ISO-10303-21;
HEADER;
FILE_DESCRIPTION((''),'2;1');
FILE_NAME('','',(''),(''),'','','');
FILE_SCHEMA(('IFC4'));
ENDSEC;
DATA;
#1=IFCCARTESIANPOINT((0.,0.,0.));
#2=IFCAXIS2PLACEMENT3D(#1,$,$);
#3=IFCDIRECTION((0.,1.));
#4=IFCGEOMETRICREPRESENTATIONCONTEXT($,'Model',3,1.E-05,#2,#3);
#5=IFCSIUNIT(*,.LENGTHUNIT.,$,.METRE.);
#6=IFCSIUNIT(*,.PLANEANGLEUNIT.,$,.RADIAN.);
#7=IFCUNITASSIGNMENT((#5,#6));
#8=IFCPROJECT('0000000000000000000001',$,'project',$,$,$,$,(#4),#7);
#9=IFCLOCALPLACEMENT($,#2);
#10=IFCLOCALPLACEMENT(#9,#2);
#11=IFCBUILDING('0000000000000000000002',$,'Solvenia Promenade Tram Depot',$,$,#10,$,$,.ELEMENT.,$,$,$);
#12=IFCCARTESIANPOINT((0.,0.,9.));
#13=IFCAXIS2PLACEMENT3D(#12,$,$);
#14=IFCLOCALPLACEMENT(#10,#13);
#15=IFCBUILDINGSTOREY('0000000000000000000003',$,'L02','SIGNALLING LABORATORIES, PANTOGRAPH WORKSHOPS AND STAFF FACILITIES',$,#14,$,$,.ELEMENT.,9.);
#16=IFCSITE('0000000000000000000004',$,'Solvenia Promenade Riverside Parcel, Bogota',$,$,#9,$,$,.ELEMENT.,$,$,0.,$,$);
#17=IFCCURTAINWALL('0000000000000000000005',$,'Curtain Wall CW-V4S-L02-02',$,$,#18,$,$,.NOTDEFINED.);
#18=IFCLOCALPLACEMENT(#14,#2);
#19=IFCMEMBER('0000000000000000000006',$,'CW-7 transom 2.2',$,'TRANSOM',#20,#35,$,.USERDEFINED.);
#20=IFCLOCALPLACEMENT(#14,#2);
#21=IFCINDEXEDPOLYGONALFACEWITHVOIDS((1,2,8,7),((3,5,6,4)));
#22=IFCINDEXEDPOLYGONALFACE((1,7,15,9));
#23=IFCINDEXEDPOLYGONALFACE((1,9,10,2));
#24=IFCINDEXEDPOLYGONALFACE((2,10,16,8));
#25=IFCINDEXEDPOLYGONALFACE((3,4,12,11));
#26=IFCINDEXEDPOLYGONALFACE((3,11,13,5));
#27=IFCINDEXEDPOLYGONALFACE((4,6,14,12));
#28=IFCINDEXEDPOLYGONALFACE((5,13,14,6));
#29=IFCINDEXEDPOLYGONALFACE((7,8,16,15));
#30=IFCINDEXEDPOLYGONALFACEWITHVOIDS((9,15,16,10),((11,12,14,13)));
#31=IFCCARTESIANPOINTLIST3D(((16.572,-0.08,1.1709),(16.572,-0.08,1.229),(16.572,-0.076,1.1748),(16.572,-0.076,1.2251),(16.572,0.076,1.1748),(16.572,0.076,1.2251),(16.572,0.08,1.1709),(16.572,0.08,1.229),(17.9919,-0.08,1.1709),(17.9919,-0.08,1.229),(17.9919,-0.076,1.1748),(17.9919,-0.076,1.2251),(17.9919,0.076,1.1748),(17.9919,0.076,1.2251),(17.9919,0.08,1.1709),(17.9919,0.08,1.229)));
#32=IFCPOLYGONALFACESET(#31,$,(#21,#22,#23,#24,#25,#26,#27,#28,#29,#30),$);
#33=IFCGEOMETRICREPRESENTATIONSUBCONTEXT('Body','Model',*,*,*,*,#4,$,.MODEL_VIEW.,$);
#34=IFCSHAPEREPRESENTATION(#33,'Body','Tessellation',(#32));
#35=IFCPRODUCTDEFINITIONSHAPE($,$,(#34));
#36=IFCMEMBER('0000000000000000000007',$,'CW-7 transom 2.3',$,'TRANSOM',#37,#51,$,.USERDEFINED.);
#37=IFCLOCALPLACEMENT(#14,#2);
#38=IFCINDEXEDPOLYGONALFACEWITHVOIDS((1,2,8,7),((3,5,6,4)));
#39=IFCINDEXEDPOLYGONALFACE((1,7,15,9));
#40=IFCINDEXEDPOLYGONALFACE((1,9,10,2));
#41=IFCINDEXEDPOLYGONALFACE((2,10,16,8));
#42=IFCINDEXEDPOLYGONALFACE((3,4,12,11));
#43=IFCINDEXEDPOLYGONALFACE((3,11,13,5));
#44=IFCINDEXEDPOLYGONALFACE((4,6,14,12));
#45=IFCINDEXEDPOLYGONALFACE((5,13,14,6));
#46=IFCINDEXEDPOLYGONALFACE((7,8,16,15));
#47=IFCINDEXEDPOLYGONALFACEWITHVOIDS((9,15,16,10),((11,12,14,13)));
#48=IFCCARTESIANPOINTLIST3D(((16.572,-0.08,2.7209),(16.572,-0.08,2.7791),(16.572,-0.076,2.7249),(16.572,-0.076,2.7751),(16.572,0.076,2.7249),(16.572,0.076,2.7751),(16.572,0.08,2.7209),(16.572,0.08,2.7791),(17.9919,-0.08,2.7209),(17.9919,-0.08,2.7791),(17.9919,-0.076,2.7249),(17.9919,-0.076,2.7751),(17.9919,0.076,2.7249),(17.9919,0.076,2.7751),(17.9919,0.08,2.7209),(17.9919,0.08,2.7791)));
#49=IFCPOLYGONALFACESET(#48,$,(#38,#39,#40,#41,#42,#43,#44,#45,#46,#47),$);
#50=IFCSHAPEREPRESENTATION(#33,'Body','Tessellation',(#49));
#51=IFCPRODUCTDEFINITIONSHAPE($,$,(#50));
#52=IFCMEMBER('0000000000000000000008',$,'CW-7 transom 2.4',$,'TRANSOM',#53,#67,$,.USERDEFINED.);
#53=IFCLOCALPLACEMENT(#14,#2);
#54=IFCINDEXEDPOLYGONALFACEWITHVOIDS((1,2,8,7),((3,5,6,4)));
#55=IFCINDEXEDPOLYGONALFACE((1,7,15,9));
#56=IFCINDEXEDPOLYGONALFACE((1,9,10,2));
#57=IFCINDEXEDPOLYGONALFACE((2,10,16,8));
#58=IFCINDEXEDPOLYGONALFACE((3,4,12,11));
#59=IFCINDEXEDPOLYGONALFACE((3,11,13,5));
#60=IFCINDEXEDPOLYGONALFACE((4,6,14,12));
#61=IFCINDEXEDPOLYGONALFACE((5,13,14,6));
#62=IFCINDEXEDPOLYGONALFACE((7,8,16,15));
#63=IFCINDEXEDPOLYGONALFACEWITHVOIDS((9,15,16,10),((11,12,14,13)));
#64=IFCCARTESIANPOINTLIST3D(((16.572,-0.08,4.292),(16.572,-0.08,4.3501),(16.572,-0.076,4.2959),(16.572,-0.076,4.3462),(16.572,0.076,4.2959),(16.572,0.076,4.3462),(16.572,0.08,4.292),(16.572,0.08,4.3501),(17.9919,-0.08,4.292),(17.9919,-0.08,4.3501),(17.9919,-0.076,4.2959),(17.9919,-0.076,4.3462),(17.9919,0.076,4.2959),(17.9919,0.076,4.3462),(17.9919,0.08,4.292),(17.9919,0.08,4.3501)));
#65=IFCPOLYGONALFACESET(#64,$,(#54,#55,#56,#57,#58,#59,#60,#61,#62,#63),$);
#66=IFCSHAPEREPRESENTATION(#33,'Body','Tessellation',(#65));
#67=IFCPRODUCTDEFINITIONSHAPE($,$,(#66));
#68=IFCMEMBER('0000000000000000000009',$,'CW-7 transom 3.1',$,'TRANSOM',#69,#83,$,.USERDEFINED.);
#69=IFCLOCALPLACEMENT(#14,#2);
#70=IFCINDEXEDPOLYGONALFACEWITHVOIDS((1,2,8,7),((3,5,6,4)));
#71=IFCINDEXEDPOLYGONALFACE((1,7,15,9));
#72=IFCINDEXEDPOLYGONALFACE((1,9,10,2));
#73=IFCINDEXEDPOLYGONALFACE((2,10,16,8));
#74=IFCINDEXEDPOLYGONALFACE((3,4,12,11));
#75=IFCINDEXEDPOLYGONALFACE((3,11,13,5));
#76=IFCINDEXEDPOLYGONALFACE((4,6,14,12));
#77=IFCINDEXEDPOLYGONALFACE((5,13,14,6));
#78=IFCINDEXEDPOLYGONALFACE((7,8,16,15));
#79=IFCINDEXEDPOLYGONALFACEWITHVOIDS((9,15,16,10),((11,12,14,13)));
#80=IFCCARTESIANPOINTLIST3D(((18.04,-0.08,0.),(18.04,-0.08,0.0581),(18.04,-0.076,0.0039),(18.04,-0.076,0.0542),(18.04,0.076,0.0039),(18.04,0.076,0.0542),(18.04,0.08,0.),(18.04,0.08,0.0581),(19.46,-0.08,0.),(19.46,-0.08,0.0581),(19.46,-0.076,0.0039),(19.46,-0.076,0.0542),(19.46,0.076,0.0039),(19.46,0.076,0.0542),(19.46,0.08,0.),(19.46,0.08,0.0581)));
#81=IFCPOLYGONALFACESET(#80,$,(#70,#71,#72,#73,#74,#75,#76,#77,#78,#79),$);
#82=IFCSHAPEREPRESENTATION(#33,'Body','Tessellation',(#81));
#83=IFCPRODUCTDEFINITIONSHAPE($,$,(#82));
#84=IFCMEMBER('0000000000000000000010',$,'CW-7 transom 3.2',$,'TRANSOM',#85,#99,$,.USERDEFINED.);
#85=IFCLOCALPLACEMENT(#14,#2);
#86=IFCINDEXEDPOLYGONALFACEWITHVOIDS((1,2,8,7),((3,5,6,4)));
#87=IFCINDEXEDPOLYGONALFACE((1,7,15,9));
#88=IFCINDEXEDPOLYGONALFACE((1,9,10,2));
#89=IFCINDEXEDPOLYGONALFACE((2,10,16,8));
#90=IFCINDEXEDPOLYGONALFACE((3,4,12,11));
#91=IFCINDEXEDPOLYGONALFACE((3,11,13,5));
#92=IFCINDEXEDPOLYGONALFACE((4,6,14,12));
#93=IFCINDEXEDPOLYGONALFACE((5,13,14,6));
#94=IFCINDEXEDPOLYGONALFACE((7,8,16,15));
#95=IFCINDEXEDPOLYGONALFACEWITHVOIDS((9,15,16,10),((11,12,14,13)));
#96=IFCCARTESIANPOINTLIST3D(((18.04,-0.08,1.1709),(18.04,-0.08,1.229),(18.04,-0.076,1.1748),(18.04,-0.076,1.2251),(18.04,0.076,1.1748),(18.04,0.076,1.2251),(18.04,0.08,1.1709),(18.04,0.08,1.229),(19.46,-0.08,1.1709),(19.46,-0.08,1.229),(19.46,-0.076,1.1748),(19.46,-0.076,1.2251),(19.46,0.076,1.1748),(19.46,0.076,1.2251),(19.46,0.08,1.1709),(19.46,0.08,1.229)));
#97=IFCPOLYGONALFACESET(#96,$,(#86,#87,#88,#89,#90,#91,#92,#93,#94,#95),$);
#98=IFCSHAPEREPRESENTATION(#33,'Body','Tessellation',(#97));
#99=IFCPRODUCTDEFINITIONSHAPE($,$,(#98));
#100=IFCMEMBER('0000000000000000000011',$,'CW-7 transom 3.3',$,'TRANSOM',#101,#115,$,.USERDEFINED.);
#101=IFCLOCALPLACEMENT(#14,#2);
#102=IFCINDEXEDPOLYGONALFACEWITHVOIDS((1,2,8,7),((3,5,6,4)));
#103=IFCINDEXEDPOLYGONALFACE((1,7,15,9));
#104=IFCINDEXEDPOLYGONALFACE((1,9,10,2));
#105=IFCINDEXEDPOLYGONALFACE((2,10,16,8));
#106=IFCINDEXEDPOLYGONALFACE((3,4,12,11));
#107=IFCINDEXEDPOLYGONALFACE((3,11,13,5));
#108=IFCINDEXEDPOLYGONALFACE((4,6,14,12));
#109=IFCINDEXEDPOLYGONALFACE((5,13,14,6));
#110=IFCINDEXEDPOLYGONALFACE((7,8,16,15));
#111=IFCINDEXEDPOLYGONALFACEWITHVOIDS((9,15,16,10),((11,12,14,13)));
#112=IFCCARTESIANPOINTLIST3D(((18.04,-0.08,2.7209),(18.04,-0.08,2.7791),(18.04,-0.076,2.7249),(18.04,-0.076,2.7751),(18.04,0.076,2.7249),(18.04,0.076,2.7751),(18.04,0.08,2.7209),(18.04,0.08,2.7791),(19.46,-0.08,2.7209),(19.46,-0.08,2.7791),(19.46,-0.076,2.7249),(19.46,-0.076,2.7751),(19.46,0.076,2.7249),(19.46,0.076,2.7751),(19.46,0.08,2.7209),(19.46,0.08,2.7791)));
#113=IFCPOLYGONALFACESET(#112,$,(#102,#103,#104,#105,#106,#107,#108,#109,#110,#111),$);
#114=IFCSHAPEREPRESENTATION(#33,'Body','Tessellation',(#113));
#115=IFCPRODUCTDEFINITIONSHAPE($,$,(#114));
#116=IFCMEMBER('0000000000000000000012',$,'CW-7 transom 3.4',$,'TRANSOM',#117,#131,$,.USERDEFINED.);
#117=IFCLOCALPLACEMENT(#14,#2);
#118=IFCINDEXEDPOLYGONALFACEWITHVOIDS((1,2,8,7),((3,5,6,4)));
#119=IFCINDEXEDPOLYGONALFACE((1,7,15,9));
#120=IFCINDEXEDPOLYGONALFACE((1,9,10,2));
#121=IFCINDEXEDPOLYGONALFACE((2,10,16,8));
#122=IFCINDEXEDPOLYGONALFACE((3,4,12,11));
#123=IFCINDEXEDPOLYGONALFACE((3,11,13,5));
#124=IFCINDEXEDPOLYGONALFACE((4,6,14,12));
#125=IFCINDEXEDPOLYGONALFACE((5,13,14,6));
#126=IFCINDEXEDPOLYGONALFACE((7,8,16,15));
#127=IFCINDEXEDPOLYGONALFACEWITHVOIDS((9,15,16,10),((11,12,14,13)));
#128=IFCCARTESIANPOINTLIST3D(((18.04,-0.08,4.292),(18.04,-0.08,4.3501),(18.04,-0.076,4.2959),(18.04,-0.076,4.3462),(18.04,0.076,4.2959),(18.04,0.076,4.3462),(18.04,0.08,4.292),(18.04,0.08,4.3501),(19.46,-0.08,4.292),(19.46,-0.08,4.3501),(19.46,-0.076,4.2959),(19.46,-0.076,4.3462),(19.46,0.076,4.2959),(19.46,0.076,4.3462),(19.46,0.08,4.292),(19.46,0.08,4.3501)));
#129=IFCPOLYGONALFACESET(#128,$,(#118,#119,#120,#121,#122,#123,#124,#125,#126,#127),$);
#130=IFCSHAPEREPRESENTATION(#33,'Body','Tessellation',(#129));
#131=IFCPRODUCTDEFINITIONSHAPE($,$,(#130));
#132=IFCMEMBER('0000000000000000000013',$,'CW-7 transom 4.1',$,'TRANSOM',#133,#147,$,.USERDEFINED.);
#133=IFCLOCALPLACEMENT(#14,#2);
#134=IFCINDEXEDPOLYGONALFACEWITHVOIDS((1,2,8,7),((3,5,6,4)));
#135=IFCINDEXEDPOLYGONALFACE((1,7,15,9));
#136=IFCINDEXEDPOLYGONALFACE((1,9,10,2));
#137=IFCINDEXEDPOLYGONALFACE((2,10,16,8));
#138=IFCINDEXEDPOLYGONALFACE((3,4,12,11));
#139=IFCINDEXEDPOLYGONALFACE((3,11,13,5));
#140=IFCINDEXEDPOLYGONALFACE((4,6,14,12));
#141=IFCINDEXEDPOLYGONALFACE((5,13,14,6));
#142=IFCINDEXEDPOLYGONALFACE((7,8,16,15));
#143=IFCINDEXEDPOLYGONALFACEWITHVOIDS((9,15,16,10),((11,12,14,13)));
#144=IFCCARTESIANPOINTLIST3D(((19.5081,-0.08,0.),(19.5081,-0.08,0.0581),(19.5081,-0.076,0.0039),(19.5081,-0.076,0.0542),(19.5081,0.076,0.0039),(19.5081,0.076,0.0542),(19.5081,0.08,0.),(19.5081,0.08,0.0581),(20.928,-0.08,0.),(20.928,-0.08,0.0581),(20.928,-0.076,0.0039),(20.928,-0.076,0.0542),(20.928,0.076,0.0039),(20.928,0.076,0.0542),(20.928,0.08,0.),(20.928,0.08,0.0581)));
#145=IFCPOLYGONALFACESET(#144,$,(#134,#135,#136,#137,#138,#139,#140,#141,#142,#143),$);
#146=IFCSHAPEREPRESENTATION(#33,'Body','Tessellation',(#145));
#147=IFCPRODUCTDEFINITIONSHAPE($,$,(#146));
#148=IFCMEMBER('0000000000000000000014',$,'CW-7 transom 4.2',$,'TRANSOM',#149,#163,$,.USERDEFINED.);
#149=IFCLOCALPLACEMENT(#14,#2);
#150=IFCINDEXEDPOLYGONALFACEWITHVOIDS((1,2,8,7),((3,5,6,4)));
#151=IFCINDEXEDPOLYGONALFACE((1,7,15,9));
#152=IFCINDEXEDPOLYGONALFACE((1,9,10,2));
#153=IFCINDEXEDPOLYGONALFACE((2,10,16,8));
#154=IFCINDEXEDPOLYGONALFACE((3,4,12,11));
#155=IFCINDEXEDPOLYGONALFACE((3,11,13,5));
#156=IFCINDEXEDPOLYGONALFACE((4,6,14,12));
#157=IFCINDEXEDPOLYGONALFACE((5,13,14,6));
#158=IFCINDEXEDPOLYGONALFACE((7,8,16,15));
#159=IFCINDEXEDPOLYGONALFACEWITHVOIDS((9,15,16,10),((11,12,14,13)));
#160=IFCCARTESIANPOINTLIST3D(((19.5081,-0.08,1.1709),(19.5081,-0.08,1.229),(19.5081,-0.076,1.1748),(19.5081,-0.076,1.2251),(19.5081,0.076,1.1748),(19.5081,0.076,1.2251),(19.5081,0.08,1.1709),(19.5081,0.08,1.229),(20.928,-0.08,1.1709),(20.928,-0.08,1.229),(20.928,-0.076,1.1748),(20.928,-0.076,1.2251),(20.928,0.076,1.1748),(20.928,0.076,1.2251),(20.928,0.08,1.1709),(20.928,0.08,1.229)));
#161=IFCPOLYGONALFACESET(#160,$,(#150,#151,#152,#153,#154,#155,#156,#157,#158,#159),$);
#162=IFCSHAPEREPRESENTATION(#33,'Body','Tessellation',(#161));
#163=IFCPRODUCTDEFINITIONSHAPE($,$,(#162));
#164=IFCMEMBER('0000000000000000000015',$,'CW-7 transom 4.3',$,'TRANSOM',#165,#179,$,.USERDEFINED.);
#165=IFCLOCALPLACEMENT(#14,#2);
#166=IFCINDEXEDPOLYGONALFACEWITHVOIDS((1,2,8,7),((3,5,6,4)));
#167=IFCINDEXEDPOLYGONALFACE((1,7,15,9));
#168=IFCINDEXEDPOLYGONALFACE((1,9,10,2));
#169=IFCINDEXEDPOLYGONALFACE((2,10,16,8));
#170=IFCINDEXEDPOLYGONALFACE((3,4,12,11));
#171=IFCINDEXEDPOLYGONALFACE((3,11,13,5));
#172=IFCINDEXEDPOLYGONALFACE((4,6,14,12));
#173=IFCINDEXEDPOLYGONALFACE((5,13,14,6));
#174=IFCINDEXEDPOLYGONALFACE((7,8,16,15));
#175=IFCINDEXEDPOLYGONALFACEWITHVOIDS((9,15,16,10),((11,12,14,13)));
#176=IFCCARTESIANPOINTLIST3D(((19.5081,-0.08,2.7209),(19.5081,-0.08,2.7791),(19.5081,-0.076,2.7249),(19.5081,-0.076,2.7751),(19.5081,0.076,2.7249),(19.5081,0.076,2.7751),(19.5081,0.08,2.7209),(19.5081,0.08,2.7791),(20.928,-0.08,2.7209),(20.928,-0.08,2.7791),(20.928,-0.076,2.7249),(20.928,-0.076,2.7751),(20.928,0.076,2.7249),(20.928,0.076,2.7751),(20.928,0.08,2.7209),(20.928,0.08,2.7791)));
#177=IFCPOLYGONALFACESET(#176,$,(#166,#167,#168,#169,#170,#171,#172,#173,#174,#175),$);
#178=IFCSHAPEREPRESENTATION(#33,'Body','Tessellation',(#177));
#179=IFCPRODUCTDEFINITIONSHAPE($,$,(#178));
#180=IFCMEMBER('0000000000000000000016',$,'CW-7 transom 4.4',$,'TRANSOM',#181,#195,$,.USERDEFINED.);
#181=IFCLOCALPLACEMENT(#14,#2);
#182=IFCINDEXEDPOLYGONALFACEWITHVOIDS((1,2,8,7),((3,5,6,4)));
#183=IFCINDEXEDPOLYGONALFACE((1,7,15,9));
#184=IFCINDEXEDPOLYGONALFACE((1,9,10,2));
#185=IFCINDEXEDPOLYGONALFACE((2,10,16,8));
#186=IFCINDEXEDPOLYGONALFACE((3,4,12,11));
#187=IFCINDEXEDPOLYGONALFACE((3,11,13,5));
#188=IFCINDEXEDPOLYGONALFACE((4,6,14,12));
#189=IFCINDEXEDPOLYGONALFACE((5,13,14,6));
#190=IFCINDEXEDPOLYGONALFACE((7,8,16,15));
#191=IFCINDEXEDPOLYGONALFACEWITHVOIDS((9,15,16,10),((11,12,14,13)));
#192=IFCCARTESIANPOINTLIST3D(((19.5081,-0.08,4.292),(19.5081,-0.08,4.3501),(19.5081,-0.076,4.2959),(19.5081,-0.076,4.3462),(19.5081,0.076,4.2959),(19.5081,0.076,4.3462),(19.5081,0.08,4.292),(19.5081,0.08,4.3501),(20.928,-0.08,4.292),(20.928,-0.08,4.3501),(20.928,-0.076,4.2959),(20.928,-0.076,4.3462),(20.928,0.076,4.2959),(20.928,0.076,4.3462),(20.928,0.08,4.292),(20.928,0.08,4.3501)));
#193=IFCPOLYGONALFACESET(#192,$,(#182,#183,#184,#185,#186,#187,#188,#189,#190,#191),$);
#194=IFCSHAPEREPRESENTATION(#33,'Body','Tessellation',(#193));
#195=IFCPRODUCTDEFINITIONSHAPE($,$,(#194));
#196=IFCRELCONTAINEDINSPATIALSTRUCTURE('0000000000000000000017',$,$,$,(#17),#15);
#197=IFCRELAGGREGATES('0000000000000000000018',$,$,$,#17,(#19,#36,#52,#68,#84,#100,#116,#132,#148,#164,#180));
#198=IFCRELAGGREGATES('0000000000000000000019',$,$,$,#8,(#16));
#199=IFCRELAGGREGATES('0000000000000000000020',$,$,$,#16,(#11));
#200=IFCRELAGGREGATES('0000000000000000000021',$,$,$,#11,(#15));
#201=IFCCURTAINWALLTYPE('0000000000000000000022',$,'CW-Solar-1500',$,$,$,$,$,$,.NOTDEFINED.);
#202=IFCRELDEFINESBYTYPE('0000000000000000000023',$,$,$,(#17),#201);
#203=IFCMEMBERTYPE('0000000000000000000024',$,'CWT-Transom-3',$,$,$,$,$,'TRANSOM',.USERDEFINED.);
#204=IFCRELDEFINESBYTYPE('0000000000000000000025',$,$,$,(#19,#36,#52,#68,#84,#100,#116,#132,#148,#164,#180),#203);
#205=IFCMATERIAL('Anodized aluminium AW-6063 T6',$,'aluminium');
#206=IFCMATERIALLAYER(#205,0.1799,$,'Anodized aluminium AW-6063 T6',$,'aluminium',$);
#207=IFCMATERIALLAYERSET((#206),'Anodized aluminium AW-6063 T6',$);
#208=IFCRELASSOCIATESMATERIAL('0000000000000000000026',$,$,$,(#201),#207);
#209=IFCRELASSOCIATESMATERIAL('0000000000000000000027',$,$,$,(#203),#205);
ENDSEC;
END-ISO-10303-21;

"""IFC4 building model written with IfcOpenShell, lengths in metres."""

from ifc_helpers import new_model, si_unit, direction, frame, origin, origin_2d, place, context, subcontext, project, spatial, hollow_rectangle, extrude, material, layer, layer_set, material_profile, profile_set, type_object, element, aggregate, save


model = new_model("IFC4")

# Units and contexts
model_context = context("Model", 3, precision=1e-05, world=origin(), true_north=direction((0.0, 1.0)))
body_context = subcontext(model_context, "Body", "Model", "MODEL_VIEW")
ifc_project = project(units=[si_unit("LENGTHUNIT", "METRE"), si_unit("PLANEANGLEUNIT", "RADIAN")], contexts=[model_context])

# Site, building, storey
site_placement = place(None, origin())
site = spatial("IfcSite", under=ifc_project, at=site_placement, Name="Solvenia Promenade Riverside Parcel, Bogota", CompositionType="ELEMENT", RefElevation=0.0)
building_placement = place(site_placement, origin())
building = spatial("IfcBuilding", under=site, at=building_placement, Name="Solvenia Promenade Tram Depot", CompositionType="ELEMENT")
storey_placement = place(building_placement, frame((0.0, 0.0, 9.0)))
storey = spatial("IfcBuildingStorey", under=building, at=storey_placement, Name="L02", Description="SIGNALLING LABORATORIES, PANTOGRAPH WORKSHOPS AND STAFF FACILITIES", CompositionType="ELEMENT", Elevation=9.0)

# Curtain wall, members
ifc_material_1 = material(Name="Anodized aluminium AW-6063 T6", Category="aluminium")
ifc_layer_1 = layer(ifc_material_1, 0.1799, Name="Anodized aluminium AW-6063 T6", Category="aluminium")
ifc_layer_set_1 = layer_set([ifc_layer_1], Name="Anodized aluminium AW-6063 T6")
curtain_wall_type = type_object("IfcCurtainWallType", Name="CW-Solar-1500", PredefinedType="NOTDEFINED", material=ifc_layer_set_1)
curtain_wall_placement = place(storey_placement, origin())
curtain_wall = element("IfcCurtainWall", 1, at=curtain_wall_placement, inside=storey, type_object=curtain_wall_type, Name="Curtain Wall CW-V4S-L02-02", PredefinedType="NOTDEFINED")
ifc_material_profile_1 = material_profile(ifc_material_1, hollow_rectangle(XDim=0.1599, YDim=0.0581, WallThickness=0.0039, at=origin_2d()), Name="ALU-T3", Category="aluminium")
ifc_profile_set_1 = profile_set([ifc_material_profile_1], Name="Anodized aluminium AW-6063 T6")
member_type_1 = type_object("IfcMemberType", Name="CWT-Transom-3", ElementType="TRANSOM", PredefinedType="USERDEFINED", material=ifc_profile_set_1)
member_1_placement = place(storey_placement, frame((16.572, 0.0, 1.2), z_axis=(1.0, 0.0, 0.0), x_axis=(0.0, 1.0, 0.0)))
member_1 = element("IfcMember", 2, at=member_1_placement, type_object=member_type_1, Name="CW-7 transom 2.2", ObjectType="TRANSOM", PredefinedType="USERDEFINED", context=body_context, shape_type="SweptSolid", body=[
    extrude(hollow_rectangle(XDim=0.1599, YDim=0.0581, WallThickness=0.0039, at=origin_2d()), origin(), (0.0, 0.0, 1.0), 1.4199),
])
member_2_placement = place(storey_placement, frame((16.572, 0.0, 2.75), z_axis=(1.0, 0.0, 0.0), x_axis=(0.0, 1.0, 0.0)))
member_2 = element("IfcMember", 3, at=member_2_placement, type_object=member_type_1, Name="CW-7 transom 2.3", ObjectType="TRANSOM", PredefinedType="USERDEFINED", context=body_context, shape_type="SweptSolid", body=[
    extrude(hollow_rectangle(XDim=0.1599, YDim=0.0581, WallThickness=0.0039, at=origin_2d()), origin(), (0.0, 0.0, 1.0), 1.4199),
])
member_3_placement = place(storey_placement, frame((16.572, 0.0, 4.321), z_axis=(1.0, 0.0, 0.0), x_axis=(0.0, 1.0, 0.0)))
member_3 = element("IfcMember", 4, at=member_3_placement, type_object=member_type_1, Name="CW-7 transom 2.4", ObjectType="TRANSOM", PredefinedType="USERDEFINED", context=body_context, shape_type="SweptSolid", body=[
    extrude(hollow_rectangle(XDim=0.1599, YDim=0.0581, WallThickness=0.0039, at=origin_2d()), origin(), (0.0, 0.0, 1.0), 1.4199),
])
member_4_placement = place(storey_placement, frame((18.04, 0.0, 0.0291), z_axis=(1.0, 0.0, 0.0), x_axis=(0.0, 1.0, 0.0)))
member_4 = element("IfcMember", 5, at=member_4_placement, type_object=member_type_1, Name="CW-7 transom 3.1", ObjectType="TRANSOM", PredefinedType="USERDEFINED", context=body_context, shape_type="SweptSolid", body=[
    extrude(hollow_rectangle(XDim=0.1599, YDim=0.0581, WallThickness=0.0039, at=origin_2d()), origin(), (0.0, 0.0, 1.0), 1.4199),
])
member_5_placement = place(storey_placement, frame((18.04, 0.0, 1.2), z_axis=(1.0, 0.0, 0.0), x_axis=(0.0, 1.0, 0.0)))
member_5 = element("IfcMember", 6, at=member_5_placement, type_object=member_type_1, Name="CW-7 transom 3.2", ObjectType="TRANSOM", PredefinedType="USERDEFINED", context=body_context, shape_type="SweptSolid", body=[
    extrude(hollow_rectangle(XDim=0.1599, YDim=0.0581, WallThickness=0.0039, at=origin_2d()), origin(), (0.0, 0.0, 1.0), 1.4199),
])
member_6_placement = place(storey_placement, frame((18.04, 0.0, 2.75), z_axis=(1.0, 0.0, 0.0), x_axis=(0.0, 1.0, 0.0)))
member_6 = element("IfcMember", 7, at=member_6_placement, type_object=member_type_1, Name="CW-7 transom 3.3", ObjectType="TRANSOM", PredefinedType="USERDEFINED", context=body_context, shape_type="SweptSolid", body=[
    extrude(hollow_rectangle(XDim=0.1599, YDim=0.0581, WallThickness=0.0039, at=origin_2d()), origin(), (0.0, 0.0, 1.0), 1.4199),
])
member_7_placement = place(storey_placement, frame((18.04, 0.0, 4.321), z_axis=(1.0, 0.0, 0.0), x_axis=(0.0, 1.0, 0.0)))
member_7 = element("IfcMember", 8, at=member_7_placement, type_object=member_type_1, Name="CW-7 transom 3.4", ObjectType="TRANSOM", PredefinedType="USERDEFINED", context=body_context, shape_type="SweptSolid", body=[
    extrude(hollow_rectangle(XDim=0.1599, YDim=0.0581, WallThickness=0.0039, at=origin_2d()), origin(), (0.0, 0.0, 1.0), 1.4199),
])
member_8_placement = place(storey_placement, frame((19.5081, 0.0, 0.0291), z_axis=(1.0, 0.0, 0.0), x_axis=(0.0, 1.0, 0.0)))
member_8 = element("IfcMember", 9, at=member_8_placement, type_object=member_type_1, Name="CW-7 transom 4.1", ObjectType="TRANSOM", PredefinedType="USERDEFINED", context=body_context, shape_type="SweptSolid", body=[
    extrude(hollow_rectangle(XDim=0.1599, YDim=0.0581, WallThickness=0.0039, at=origin_2d()), origin(), (0.0, 0.0, 1.0), 1.4199),
])
member_9_placement = place(storey_placement, frame((19.5081, 0.0, 1.2), z_axis=(1.0, 0.0, 0.0), x_axis=(0.0, 1.0, 0.0)))
member_9 = element("IfcMember", 10, at=member_9_placement, type_object=member_type_1, Name="CW-7 transom 4.2", ObjectType="TRANSOM", PredefinedType="USERDEFINED", context=body_context, shape_type="SweptSolid", body=[
    extrude(hollow_rectangle(XDim=0.1599, YDim=0.0581, WallThickness=0.0039, at=origin_2d()), origin(), (0.0, 0.0, 1.0), 1.4199),
])
member_10_placement = place(storey_placement, frame((19.5081, 0.0, 2.75), z_axis=(1.0, 0.0, 0.0), x_axis=(0.0, 1.0, 0.0)))
member_10 = element("IfcMember", 11, at=member_10_placement, type_object=member_type_1, Name="CW-7 transom 4.3", ObjectType="TRANSOM", PredefinedType="USERDEFINED", context=body_context, shape_type="SweptSolid", body=[
    extrude(hollow_rectangle(XDim=0.1599, YDim=0.0581, WallThickness=0.0039, at=origin_2d()), origin(), (0.0, 0.0, 1.0), 1.4199),
])
member_11_placement = place(storey_placement, frame((19.5081, 0.0, 4.321), z_axis=(1.0, 0.0, 0.0), x_axis=(0.0, 1.0, 0.0)))
member_11 = element("IfcMember", 12, at=member_11_placement, type_object=member_type_1, Name="CW-7 transom 4.4", ObjectType="TRANSOM", PredefinedType="USERDEFINED", context=body_context, shape_type="SweptSolid", body=[
    extrude(hollow_rectangle(XDim=0.1599, YDim=0.0581, WallThickness=0.0039, at=origin_2d()), origin(), (0.0, 0.0, 1.0), 1.4199),
])

aggregate(curtain_wall, [member_1, member_2, member_3, member_4, member_5, member_6, member_7, member_8, member_9, member_10, member_11])

save(model, "model.ifc")
